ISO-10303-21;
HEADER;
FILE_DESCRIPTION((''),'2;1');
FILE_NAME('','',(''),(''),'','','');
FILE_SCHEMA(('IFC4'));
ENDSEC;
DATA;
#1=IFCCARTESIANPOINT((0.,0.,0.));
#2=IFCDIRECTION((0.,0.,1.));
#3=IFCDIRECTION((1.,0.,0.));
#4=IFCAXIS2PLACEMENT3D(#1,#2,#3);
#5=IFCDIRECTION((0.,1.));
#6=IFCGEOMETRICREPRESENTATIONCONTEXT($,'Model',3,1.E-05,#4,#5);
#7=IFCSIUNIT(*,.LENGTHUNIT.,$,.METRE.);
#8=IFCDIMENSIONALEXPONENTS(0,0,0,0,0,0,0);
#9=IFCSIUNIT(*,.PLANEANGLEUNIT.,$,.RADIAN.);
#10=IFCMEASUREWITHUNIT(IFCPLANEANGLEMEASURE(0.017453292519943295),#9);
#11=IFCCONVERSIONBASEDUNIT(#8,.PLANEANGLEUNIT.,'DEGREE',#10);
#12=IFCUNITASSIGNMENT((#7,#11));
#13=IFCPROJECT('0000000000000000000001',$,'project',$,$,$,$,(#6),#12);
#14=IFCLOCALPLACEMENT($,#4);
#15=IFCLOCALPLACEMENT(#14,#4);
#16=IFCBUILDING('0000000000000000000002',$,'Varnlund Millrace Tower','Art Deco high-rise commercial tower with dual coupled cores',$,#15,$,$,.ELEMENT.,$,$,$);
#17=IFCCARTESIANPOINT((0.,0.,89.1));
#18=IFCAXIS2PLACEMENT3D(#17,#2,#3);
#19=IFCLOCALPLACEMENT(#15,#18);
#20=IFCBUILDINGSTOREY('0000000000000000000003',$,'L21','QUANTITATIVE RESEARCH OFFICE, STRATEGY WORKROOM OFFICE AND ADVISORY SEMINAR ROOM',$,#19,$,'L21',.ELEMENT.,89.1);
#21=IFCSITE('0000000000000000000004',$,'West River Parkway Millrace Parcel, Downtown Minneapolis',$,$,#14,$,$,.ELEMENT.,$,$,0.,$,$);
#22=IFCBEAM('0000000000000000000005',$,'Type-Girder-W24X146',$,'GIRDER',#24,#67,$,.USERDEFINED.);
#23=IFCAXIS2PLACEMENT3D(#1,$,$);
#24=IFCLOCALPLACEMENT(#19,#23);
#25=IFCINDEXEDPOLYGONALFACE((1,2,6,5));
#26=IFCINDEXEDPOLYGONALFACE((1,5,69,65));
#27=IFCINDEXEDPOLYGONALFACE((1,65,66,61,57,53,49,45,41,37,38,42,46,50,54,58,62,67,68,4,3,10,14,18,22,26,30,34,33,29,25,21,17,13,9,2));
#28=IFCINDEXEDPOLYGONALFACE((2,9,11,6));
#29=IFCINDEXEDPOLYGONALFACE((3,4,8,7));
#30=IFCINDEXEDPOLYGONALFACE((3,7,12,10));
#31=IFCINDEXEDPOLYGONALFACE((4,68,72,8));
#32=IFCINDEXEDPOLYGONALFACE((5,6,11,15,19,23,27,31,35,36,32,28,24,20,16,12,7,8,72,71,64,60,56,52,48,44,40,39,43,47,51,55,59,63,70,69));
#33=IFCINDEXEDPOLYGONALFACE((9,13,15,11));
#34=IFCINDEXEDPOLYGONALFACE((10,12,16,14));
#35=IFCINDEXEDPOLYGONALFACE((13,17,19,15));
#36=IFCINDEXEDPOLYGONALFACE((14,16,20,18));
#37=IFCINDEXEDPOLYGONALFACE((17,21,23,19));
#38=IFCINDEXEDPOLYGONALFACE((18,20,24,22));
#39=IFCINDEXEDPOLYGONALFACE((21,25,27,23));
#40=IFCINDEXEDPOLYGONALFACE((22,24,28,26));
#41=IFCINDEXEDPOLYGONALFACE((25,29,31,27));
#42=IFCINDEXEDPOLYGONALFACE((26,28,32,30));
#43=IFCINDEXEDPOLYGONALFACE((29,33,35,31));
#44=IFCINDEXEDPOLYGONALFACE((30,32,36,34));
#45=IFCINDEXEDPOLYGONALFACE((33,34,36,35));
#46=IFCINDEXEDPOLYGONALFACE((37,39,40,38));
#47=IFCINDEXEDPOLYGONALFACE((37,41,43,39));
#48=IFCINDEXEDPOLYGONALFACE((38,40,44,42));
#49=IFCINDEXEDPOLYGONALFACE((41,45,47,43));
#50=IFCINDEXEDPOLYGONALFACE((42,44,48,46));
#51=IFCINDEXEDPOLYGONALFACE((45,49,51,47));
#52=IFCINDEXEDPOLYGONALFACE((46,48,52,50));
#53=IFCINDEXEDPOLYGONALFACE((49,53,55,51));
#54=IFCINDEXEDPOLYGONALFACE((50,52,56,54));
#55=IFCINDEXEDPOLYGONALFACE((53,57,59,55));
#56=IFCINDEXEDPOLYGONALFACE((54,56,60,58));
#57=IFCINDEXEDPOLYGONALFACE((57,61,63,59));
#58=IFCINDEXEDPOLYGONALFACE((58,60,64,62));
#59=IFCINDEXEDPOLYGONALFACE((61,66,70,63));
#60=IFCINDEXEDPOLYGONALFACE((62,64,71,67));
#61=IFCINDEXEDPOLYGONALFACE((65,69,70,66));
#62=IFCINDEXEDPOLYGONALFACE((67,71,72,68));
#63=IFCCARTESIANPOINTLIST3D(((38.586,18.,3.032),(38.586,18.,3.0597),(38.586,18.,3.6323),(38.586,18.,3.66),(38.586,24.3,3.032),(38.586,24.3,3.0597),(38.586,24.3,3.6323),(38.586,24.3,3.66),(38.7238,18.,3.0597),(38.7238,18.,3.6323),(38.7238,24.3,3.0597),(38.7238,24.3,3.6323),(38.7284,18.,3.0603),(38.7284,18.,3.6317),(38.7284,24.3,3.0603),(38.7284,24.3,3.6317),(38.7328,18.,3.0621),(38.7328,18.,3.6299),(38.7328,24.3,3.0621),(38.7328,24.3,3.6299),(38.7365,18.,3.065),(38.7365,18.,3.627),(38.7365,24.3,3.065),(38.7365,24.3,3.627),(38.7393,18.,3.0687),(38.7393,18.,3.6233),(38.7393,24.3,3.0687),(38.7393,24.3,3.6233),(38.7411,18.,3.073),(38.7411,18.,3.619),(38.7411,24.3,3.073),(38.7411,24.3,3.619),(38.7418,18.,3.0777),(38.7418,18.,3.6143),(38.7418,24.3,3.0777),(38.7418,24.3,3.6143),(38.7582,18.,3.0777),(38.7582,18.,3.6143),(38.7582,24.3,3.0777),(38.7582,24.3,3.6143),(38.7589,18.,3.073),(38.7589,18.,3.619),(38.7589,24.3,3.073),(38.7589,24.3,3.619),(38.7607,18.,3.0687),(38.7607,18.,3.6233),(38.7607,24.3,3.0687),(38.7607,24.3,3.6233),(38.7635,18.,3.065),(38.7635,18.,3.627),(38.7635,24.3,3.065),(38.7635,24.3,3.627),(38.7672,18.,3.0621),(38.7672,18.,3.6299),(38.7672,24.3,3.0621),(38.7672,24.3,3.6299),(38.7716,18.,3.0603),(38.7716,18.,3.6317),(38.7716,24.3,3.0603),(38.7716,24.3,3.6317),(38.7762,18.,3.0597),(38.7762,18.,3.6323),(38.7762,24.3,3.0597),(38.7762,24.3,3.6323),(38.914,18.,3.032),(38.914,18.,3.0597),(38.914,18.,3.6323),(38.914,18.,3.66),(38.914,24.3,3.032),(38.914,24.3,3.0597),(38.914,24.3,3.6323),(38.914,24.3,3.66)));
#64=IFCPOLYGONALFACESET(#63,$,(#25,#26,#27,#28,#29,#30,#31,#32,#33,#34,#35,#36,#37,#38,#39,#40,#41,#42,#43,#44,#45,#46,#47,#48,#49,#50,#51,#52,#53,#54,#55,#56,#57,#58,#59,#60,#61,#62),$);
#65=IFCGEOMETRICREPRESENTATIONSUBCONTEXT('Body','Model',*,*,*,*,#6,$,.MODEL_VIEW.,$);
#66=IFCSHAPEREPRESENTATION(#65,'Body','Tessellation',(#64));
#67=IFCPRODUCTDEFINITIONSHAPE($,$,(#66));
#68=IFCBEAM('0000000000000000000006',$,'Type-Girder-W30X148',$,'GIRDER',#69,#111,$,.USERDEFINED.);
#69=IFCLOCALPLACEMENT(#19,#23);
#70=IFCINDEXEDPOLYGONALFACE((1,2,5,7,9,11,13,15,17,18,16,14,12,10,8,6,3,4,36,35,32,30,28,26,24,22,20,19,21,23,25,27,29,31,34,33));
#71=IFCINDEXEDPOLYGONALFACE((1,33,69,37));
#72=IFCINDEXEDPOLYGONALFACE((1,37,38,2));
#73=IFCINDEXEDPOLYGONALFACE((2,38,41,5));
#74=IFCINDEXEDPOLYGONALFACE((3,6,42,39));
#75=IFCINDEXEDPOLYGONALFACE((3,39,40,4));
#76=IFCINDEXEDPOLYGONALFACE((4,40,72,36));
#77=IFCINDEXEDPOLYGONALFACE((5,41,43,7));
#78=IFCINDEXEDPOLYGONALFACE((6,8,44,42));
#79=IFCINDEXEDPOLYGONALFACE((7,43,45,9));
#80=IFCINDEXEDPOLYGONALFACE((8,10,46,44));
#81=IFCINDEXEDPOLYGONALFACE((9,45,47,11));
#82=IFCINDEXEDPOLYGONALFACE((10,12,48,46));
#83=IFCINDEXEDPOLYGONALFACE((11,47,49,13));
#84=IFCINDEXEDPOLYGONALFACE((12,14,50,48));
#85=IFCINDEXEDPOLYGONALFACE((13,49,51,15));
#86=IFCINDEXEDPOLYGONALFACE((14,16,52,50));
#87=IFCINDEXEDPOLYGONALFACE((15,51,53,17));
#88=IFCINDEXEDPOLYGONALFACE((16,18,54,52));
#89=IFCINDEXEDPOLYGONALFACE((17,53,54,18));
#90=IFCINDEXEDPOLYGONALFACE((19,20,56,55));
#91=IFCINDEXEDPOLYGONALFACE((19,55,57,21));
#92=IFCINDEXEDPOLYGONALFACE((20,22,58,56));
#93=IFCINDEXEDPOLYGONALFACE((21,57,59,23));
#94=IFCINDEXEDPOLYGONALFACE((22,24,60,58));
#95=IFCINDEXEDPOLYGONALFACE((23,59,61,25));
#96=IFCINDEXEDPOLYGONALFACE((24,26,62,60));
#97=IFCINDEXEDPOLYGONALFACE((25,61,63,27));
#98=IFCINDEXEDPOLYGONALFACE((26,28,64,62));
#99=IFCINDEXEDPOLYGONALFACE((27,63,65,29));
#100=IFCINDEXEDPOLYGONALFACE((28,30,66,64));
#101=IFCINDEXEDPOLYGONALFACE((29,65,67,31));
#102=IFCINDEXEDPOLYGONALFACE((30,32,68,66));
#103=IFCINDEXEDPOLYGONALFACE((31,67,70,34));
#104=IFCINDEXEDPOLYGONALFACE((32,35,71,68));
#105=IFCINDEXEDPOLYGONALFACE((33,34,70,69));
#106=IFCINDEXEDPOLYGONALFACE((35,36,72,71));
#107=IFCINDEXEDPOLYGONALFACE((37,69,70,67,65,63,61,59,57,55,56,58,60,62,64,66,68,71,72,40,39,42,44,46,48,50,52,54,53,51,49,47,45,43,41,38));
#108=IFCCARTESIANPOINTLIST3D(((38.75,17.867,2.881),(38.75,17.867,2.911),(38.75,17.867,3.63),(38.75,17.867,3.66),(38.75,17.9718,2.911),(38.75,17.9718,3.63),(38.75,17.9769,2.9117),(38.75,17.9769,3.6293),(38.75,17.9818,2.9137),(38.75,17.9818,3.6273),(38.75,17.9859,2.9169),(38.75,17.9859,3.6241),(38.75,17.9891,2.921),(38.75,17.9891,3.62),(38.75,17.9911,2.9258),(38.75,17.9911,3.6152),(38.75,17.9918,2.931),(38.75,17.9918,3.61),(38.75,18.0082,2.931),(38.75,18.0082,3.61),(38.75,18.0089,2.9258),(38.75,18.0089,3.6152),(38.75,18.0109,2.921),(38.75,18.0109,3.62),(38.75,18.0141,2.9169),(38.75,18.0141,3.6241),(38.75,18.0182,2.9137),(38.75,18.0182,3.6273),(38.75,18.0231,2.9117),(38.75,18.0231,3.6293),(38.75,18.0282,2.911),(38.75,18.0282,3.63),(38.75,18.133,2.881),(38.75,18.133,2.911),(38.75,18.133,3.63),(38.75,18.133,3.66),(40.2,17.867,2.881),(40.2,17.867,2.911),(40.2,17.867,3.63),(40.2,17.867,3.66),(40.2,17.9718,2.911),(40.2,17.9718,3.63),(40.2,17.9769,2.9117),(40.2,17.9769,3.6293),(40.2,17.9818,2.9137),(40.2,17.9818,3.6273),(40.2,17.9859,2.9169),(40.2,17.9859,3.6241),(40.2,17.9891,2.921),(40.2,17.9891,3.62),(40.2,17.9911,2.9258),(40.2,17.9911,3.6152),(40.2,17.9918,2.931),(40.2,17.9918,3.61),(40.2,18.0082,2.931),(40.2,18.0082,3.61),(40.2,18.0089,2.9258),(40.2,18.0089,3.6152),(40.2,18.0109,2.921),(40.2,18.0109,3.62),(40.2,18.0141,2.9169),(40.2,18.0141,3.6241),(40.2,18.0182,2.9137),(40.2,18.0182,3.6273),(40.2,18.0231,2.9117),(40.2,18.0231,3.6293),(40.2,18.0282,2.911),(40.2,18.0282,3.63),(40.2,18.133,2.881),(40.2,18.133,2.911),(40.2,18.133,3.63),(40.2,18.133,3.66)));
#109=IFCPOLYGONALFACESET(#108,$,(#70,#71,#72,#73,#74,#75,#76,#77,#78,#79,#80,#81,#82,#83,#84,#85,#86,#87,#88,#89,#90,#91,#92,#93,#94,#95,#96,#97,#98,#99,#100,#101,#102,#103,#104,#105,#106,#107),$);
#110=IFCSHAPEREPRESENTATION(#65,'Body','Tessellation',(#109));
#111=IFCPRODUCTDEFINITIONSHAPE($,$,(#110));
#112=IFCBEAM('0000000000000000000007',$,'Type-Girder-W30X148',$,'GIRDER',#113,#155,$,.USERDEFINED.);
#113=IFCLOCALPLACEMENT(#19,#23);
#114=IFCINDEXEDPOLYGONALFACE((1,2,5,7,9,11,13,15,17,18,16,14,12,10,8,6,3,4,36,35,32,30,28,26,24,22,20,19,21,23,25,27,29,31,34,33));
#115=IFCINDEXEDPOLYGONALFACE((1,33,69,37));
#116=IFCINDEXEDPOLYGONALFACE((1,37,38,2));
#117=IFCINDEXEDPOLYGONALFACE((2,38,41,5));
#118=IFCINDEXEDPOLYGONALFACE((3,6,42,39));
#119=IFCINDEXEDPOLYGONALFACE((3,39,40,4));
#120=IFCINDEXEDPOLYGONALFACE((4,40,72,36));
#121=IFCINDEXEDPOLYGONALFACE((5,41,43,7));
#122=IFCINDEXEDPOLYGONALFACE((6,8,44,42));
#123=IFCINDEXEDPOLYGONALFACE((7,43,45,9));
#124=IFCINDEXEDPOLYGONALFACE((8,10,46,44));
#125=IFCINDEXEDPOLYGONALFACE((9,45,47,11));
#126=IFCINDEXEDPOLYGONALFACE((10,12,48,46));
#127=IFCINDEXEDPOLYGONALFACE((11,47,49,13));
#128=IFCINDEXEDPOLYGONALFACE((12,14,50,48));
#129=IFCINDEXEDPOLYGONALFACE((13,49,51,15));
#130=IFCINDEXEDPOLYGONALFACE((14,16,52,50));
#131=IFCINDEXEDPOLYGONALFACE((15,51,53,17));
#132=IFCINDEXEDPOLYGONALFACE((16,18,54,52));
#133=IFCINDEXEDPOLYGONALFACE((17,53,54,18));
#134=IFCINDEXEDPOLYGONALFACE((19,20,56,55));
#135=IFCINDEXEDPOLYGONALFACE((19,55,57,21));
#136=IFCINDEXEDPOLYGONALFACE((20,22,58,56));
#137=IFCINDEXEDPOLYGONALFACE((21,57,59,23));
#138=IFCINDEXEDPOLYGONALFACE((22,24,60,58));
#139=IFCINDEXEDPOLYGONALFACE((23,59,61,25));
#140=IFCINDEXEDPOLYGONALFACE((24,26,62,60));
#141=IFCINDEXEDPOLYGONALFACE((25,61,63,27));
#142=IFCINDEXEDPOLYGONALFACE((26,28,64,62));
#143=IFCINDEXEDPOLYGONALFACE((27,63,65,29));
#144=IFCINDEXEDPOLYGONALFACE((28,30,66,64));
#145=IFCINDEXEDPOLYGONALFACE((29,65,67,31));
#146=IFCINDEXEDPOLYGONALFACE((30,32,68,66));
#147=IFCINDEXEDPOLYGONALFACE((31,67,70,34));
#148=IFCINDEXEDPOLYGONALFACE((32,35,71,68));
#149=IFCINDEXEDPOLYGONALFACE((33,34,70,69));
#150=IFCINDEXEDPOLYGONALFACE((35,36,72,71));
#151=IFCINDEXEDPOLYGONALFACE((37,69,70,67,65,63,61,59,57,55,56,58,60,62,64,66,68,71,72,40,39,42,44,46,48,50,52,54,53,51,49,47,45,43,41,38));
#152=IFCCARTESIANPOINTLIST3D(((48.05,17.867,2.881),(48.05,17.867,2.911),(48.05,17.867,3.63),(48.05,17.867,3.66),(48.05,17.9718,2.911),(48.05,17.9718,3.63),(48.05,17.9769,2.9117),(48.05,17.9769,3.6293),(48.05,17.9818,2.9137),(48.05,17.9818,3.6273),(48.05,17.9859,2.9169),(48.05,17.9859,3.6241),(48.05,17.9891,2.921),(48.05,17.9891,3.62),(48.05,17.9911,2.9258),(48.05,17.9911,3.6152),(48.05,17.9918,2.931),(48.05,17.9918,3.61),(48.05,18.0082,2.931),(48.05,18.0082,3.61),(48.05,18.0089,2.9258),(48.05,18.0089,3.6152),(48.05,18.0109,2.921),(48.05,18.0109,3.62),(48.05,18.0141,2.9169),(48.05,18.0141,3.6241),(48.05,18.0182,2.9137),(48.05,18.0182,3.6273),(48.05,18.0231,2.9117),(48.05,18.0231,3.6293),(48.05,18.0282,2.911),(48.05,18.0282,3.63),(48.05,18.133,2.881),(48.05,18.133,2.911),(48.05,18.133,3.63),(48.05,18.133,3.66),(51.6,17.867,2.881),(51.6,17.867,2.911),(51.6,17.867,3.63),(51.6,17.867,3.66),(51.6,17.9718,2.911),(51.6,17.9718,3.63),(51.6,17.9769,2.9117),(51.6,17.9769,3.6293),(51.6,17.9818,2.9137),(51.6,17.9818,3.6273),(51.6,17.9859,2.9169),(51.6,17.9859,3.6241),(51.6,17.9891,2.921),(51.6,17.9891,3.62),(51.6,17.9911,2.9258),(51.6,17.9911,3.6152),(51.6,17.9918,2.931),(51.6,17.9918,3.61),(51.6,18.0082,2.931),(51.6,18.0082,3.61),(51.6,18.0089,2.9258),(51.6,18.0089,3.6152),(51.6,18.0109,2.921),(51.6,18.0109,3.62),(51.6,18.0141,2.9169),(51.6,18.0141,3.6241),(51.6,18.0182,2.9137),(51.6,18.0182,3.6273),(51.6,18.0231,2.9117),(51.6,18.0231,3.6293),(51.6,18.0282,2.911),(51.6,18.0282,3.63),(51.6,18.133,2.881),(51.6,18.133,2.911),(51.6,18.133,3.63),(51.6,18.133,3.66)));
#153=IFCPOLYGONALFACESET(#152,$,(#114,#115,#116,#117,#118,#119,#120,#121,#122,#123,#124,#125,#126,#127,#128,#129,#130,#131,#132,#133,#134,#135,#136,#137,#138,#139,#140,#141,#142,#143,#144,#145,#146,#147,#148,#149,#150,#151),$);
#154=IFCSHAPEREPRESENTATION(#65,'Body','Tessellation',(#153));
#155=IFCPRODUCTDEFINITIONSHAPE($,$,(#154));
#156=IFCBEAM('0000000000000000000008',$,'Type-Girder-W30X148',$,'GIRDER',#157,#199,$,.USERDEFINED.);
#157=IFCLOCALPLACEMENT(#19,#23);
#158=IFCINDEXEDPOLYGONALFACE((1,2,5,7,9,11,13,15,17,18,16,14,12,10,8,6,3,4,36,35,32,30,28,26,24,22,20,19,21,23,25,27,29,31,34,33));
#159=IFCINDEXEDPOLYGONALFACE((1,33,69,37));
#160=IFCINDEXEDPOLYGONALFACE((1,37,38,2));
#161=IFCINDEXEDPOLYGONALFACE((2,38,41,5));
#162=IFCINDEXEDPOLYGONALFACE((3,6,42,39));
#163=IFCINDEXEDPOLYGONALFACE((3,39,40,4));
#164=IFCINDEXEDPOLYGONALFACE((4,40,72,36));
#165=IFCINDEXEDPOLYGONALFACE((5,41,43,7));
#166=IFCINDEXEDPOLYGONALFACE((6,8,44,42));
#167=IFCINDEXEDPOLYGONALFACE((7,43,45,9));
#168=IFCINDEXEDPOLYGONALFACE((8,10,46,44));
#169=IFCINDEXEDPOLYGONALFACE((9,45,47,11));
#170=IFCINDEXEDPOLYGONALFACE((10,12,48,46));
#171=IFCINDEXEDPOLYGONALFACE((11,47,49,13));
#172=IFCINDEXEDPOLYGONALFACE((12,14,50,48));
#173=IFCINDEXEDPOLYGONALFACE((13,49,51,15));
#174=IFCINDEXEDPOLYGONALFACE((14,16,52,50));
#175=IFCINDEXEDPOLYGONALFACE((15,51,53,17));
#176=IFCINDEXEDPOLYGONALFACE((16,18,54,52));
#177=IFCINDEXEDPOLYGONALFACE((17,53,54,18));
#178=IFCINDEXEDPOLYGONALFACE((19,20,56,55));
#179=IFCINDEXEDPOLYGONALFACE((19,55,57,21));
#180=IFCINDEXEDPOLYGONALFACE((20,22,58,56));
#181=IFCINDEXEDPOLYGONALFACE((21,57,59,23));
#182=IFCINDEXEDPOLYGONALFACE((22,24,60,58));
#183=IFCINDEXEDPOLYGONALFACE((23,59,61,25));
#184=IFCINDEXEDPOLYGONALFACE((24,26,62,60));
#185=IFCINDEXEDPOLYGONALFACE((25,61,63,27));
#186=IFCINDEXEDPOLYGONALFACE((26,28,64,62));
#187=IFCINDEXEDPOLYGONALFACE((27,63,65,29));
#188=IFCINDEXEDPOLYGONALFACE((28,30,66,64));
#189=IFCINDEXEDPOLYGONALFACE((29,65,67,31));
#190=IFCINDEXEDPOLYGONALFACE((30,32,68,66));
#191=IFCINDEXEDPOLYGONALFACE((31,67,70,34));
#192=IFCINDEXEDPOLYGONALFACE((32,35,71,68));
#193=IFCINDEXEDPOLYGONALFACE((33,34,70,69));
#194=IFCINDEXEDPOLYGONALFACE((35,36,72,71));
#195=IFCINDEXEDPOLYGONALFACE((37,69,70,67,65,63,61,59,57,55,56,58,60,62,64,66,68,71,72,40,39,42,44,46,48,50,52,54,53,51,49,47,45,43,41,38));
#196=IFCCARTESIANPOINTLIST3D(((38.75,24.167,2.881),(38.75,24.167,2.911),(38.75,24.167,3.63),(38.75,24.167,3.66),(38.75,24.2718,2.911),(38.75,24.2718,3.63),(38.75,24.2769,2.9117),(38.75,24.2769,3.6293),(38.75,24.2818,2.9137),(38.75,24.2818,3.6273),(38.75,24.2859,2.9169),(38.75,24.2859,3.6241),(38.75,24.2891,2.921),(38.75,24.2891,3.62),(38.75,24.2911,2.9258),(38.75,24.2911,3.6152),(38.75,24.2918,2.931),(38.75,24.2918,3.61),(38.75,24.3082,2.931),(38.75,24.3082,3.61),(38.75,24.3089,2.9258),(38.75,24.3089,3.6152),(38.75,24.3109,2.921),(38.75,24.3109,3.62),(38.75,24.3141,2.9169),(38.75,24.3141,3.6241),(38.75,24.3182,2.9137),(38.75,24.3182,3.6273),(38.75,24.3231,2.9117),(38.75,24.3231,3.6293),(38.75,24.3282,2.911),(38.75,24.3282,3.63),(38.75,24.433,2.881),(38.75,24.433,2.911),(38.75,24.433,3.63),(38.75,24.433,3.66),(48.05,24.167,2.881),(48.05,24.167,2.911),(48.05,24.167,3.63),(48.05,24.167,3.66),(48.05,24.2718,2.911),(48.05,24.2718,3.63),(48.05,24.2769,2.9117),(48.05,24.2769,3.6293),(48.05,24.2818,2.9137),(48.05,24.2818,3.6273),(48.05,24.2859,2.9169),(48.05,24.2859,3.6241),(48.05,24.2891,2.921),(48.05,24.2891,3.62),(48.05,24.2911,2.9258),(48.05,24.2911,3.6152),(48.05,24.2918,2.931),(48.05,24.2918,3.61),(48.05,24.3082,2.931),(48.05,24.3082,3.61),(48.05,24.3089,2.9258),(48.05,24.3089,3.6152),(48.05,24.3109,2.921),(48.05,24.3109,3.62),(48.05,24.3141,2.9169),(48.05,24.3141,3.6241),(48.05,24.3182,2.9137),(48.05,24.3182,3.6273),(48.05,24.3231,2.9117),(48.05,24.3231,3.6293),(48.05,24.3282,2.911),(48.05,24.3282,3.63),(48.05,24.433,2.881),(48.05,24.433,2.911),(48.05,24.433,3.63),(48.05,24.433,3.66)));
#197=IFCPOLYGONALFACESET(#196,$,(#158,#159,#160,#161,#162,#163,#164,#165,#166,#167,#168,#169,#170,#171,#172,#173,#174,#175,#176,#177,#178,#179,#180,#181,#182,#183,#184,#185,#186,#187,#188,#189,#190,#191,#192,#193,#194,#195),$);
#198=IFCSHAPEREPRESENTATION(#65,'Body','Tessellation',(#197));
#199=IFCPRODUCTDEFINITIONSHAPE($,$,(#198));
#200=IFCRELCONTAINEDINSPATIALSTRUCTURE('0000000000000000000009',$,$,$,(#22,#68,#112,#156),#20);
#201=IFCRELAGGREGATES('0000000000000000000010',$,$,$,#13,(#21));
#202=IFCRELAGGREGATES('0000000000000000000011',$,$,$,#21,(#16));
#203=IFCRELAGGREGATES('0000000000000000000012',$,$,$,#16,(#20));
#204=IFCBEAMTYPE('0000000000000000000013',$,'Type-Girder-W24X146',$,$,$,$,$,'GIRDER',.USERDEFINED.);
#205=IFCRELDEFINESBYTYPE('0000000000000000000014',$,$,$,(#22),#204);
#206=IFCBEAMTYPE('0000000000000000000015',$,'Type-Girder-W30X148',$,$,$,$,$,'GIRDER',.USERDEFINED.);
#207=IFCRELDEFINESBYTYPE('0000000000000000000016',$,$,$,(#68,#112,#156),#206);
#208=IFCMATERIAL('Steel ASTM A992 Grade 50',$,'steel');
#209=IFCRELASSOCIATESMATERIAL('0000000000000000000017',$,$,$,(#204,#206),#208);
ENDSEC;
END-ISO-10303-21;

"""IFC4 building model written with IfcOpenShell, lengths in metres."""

from ifc_helpers import new_model, entity, si_unit, converted_unit, direction, frame, origin_with_axes, origin_2d_with_axis, place, context, subcontext, project, spatial, i_section, extrude, material, material_profile, profile_set, type_object, element, save


model = new_model("IFC4")

# Units and contexts
model_context = context("Model", 3, precision=1e-05, world=origin_with_axes(), true_north=direction((0.0, 1.0)))
body_context = subcontext(model_context, "Body", "Model", "MODEL_VIEW")
ifc_project = project(units=[si_unit("LENGTHUNIT", "METRE"), converted_unit("PLANEANGLEUNIT", "DEGREE", entity("IfcPlaneAngleMeasure", 0.017453292519943295), si_unit("PLANEANGLEUNIT", "RADIAN"), dimensions=[0, 0, 0, 0, 0, 0, 0])], contexts=[model_context])

# Site, building, storey
site_placement = place(None, origin_with_axes())
site = spatial("IfcSite", under=ifc_project, at=site_placement, Name="West River Parkway Millrace Parcel, Downtown Minneapolis", CompositionType="ELEMENT", RefElevation=0.0)
building_placement = place(site_placement, origin_with_axes())
building = spatial("IfcBuilding", under=site, at=building_placement, Name="Varnlund Millrace Tower", Description="Art Deco high-rise commercial tower with dual coupled cores", CompositionType="ELEMENT")
storey_placement = place(building_placement, frame((0.0, 0.0, 89.1), z_axis=(0.0, 0.0, 1.0), x_axis=(1.0, 0.0, 0.0)))
storey = spatial("IfcBuildingStorey", under=building, at=storey_placement, Name="L21", Description="QUANTITATIVE RESEARCH OFFICE, STRATEGY WORKROOM OFFICE AND ADVISORY SEMINAR ROOM", LongName="L21", CompositionType="ELEMENT", Elevation=89.1)

# Beams
ifc_material_1 = material(Name="Steel ASTM A992 Grade 50", Category="steel")
ifc_material_profile_1 = material_profile(ifc_material_1, i_section(OverallWidth=0.328, OverallDepth=0.628, WebThickness=0.0165, FlangeThickness=0.0277, FilletRadius=0.018, at=origin_2d_with_axis()), Name="Steel ASTM A992 Grade 50")
ifc_profile_set_1 = profile_set([ifc_material_profile_1], Name="Steel ASTM A992 Grade 50")
beam_type_1 = type_object("IfcBeamType", Name="Type-Girder-W24X146", ElementType="GIRDER", PredefinedType="USERDEFINED", material=ifc_profile_set_1)
beam_1_placement = place(storey_placement, frame((38.75, 18.0, 3.346), z_axis=(0.0, 1.0, 0.0), x_axis=(-1.0, 0.0, 0.0)))
element("IfcBeam", 1, at=beam_1_placement, inside=storey, type_object=beam_type_1, Name="Type-Girder-W24X146", ObjectType="GIRDER", PredefinedType="USERDEFINED", context=body_context, shape_type="SweptSolid", body=[
    extrude(i_section(OverallWidth=0.328, OverallDepth=0.628, WebThickness=0.0165, FlangeThickness=0.0277, FilletRadius=0.018, at=origin_2d_with_axis()), origin_with_axes(), (0.0, 0.0, 1.0), 6.3),
])
ifc_material_profile_2 = material_profile(ifc_material_1, i_section(OverallWidth=0.266, OverallDepth=0.779, WebThickness=0.0165, FlangeThickness=0.03, FilletRadius=0.02, at=origin_2d_with_axis()), Name="Steel ASTM A992 Grade 50")
ifc_profile_set_2 = profile_set([ifc_material_profile_2], Name="Steel ASTM A992 Grade 50")
beam_type_2 = type_object("IfcBeamType", Name="Type-Girder-W30X148", ElementType="GIRDER", PredefinedType="USERDEFINED", material=ifc_profile_set_2)
beam_2_placement = place(storey_placement, frame((38.75, 18.0, 3.2705), z_axis=(1.0, 0.0, 0.0), x_axis=(0.0, 1.0, 0.0)))
element("IfcBeam", 2, at=beam_2_placement, inside=storey, type_object=beam_type_2, Name="Type-Girder-W30X148", ObjectType="GIRDER", PredefinedType="USERDEFINED", context=body_context, shape_type="SweptSolid", body=[
    extrude(i_section(OverallWidth=0.266, OverallDepth=0.779, WebThickness=0.0165, FlangeThickness=0.03, FilletRadius=0.02, at=origin_2d_with_axis()), origin_with_axes(), (0.0, 0.0, 1.0), 1.45),
])
beam_3_placement = place(storey_placement, frame((48.05, 18.0, 3.2705), z_axis=(1.0, 0.0, 0.0), x_axis=(0.0, 1.0, 0.0)))
element("IfcBeam", 3, at=beam_3_placement, inside=storey, type_object=beam_type_2, Name="Type-Girder-W30X148", ObjectType="GIRDER", PredefinedType="USERDEFINED", context=body_context, shape_type="SweptSolid", body=[
    extrude(i_section(OverallWidth=0.266, OverallDepth=0.779, WebThickness=0.0165, FlangeThickness=0.03, FilletRadius=0.02, at=origin_2d_with_axis()), origin_with_axes(), (0.0, 0.0, 1.0), 3.55),
])
beam_4_placement = place(storey_placement, frame((38.75, 24.3, 3.2705), z_axis=(1.0, 0.0, 0.0), x_axis=(0.0, 1.0, 0.0)))
element("IfcBeam", 4, at=beam_4_placement, inside=storey, type_object=beam_type_2, Name="Type-Girder-W30X148", ObjectType="GIRDER", PredefinedType="USERDEFINED", context=body_context, shape_type="SweptSolid", body=[
    extrude(i_section(OverallWidth=0.266, OverallDepth=0.779, WebThickness=0.0165, FlangeThickness=0.03, FilletRadius=0.02, at=origin_2d_with_axis()), origin_with_axes(), (0.0, 0.0, 1.0), 9.3),
])

save(model, "model.ifc")
